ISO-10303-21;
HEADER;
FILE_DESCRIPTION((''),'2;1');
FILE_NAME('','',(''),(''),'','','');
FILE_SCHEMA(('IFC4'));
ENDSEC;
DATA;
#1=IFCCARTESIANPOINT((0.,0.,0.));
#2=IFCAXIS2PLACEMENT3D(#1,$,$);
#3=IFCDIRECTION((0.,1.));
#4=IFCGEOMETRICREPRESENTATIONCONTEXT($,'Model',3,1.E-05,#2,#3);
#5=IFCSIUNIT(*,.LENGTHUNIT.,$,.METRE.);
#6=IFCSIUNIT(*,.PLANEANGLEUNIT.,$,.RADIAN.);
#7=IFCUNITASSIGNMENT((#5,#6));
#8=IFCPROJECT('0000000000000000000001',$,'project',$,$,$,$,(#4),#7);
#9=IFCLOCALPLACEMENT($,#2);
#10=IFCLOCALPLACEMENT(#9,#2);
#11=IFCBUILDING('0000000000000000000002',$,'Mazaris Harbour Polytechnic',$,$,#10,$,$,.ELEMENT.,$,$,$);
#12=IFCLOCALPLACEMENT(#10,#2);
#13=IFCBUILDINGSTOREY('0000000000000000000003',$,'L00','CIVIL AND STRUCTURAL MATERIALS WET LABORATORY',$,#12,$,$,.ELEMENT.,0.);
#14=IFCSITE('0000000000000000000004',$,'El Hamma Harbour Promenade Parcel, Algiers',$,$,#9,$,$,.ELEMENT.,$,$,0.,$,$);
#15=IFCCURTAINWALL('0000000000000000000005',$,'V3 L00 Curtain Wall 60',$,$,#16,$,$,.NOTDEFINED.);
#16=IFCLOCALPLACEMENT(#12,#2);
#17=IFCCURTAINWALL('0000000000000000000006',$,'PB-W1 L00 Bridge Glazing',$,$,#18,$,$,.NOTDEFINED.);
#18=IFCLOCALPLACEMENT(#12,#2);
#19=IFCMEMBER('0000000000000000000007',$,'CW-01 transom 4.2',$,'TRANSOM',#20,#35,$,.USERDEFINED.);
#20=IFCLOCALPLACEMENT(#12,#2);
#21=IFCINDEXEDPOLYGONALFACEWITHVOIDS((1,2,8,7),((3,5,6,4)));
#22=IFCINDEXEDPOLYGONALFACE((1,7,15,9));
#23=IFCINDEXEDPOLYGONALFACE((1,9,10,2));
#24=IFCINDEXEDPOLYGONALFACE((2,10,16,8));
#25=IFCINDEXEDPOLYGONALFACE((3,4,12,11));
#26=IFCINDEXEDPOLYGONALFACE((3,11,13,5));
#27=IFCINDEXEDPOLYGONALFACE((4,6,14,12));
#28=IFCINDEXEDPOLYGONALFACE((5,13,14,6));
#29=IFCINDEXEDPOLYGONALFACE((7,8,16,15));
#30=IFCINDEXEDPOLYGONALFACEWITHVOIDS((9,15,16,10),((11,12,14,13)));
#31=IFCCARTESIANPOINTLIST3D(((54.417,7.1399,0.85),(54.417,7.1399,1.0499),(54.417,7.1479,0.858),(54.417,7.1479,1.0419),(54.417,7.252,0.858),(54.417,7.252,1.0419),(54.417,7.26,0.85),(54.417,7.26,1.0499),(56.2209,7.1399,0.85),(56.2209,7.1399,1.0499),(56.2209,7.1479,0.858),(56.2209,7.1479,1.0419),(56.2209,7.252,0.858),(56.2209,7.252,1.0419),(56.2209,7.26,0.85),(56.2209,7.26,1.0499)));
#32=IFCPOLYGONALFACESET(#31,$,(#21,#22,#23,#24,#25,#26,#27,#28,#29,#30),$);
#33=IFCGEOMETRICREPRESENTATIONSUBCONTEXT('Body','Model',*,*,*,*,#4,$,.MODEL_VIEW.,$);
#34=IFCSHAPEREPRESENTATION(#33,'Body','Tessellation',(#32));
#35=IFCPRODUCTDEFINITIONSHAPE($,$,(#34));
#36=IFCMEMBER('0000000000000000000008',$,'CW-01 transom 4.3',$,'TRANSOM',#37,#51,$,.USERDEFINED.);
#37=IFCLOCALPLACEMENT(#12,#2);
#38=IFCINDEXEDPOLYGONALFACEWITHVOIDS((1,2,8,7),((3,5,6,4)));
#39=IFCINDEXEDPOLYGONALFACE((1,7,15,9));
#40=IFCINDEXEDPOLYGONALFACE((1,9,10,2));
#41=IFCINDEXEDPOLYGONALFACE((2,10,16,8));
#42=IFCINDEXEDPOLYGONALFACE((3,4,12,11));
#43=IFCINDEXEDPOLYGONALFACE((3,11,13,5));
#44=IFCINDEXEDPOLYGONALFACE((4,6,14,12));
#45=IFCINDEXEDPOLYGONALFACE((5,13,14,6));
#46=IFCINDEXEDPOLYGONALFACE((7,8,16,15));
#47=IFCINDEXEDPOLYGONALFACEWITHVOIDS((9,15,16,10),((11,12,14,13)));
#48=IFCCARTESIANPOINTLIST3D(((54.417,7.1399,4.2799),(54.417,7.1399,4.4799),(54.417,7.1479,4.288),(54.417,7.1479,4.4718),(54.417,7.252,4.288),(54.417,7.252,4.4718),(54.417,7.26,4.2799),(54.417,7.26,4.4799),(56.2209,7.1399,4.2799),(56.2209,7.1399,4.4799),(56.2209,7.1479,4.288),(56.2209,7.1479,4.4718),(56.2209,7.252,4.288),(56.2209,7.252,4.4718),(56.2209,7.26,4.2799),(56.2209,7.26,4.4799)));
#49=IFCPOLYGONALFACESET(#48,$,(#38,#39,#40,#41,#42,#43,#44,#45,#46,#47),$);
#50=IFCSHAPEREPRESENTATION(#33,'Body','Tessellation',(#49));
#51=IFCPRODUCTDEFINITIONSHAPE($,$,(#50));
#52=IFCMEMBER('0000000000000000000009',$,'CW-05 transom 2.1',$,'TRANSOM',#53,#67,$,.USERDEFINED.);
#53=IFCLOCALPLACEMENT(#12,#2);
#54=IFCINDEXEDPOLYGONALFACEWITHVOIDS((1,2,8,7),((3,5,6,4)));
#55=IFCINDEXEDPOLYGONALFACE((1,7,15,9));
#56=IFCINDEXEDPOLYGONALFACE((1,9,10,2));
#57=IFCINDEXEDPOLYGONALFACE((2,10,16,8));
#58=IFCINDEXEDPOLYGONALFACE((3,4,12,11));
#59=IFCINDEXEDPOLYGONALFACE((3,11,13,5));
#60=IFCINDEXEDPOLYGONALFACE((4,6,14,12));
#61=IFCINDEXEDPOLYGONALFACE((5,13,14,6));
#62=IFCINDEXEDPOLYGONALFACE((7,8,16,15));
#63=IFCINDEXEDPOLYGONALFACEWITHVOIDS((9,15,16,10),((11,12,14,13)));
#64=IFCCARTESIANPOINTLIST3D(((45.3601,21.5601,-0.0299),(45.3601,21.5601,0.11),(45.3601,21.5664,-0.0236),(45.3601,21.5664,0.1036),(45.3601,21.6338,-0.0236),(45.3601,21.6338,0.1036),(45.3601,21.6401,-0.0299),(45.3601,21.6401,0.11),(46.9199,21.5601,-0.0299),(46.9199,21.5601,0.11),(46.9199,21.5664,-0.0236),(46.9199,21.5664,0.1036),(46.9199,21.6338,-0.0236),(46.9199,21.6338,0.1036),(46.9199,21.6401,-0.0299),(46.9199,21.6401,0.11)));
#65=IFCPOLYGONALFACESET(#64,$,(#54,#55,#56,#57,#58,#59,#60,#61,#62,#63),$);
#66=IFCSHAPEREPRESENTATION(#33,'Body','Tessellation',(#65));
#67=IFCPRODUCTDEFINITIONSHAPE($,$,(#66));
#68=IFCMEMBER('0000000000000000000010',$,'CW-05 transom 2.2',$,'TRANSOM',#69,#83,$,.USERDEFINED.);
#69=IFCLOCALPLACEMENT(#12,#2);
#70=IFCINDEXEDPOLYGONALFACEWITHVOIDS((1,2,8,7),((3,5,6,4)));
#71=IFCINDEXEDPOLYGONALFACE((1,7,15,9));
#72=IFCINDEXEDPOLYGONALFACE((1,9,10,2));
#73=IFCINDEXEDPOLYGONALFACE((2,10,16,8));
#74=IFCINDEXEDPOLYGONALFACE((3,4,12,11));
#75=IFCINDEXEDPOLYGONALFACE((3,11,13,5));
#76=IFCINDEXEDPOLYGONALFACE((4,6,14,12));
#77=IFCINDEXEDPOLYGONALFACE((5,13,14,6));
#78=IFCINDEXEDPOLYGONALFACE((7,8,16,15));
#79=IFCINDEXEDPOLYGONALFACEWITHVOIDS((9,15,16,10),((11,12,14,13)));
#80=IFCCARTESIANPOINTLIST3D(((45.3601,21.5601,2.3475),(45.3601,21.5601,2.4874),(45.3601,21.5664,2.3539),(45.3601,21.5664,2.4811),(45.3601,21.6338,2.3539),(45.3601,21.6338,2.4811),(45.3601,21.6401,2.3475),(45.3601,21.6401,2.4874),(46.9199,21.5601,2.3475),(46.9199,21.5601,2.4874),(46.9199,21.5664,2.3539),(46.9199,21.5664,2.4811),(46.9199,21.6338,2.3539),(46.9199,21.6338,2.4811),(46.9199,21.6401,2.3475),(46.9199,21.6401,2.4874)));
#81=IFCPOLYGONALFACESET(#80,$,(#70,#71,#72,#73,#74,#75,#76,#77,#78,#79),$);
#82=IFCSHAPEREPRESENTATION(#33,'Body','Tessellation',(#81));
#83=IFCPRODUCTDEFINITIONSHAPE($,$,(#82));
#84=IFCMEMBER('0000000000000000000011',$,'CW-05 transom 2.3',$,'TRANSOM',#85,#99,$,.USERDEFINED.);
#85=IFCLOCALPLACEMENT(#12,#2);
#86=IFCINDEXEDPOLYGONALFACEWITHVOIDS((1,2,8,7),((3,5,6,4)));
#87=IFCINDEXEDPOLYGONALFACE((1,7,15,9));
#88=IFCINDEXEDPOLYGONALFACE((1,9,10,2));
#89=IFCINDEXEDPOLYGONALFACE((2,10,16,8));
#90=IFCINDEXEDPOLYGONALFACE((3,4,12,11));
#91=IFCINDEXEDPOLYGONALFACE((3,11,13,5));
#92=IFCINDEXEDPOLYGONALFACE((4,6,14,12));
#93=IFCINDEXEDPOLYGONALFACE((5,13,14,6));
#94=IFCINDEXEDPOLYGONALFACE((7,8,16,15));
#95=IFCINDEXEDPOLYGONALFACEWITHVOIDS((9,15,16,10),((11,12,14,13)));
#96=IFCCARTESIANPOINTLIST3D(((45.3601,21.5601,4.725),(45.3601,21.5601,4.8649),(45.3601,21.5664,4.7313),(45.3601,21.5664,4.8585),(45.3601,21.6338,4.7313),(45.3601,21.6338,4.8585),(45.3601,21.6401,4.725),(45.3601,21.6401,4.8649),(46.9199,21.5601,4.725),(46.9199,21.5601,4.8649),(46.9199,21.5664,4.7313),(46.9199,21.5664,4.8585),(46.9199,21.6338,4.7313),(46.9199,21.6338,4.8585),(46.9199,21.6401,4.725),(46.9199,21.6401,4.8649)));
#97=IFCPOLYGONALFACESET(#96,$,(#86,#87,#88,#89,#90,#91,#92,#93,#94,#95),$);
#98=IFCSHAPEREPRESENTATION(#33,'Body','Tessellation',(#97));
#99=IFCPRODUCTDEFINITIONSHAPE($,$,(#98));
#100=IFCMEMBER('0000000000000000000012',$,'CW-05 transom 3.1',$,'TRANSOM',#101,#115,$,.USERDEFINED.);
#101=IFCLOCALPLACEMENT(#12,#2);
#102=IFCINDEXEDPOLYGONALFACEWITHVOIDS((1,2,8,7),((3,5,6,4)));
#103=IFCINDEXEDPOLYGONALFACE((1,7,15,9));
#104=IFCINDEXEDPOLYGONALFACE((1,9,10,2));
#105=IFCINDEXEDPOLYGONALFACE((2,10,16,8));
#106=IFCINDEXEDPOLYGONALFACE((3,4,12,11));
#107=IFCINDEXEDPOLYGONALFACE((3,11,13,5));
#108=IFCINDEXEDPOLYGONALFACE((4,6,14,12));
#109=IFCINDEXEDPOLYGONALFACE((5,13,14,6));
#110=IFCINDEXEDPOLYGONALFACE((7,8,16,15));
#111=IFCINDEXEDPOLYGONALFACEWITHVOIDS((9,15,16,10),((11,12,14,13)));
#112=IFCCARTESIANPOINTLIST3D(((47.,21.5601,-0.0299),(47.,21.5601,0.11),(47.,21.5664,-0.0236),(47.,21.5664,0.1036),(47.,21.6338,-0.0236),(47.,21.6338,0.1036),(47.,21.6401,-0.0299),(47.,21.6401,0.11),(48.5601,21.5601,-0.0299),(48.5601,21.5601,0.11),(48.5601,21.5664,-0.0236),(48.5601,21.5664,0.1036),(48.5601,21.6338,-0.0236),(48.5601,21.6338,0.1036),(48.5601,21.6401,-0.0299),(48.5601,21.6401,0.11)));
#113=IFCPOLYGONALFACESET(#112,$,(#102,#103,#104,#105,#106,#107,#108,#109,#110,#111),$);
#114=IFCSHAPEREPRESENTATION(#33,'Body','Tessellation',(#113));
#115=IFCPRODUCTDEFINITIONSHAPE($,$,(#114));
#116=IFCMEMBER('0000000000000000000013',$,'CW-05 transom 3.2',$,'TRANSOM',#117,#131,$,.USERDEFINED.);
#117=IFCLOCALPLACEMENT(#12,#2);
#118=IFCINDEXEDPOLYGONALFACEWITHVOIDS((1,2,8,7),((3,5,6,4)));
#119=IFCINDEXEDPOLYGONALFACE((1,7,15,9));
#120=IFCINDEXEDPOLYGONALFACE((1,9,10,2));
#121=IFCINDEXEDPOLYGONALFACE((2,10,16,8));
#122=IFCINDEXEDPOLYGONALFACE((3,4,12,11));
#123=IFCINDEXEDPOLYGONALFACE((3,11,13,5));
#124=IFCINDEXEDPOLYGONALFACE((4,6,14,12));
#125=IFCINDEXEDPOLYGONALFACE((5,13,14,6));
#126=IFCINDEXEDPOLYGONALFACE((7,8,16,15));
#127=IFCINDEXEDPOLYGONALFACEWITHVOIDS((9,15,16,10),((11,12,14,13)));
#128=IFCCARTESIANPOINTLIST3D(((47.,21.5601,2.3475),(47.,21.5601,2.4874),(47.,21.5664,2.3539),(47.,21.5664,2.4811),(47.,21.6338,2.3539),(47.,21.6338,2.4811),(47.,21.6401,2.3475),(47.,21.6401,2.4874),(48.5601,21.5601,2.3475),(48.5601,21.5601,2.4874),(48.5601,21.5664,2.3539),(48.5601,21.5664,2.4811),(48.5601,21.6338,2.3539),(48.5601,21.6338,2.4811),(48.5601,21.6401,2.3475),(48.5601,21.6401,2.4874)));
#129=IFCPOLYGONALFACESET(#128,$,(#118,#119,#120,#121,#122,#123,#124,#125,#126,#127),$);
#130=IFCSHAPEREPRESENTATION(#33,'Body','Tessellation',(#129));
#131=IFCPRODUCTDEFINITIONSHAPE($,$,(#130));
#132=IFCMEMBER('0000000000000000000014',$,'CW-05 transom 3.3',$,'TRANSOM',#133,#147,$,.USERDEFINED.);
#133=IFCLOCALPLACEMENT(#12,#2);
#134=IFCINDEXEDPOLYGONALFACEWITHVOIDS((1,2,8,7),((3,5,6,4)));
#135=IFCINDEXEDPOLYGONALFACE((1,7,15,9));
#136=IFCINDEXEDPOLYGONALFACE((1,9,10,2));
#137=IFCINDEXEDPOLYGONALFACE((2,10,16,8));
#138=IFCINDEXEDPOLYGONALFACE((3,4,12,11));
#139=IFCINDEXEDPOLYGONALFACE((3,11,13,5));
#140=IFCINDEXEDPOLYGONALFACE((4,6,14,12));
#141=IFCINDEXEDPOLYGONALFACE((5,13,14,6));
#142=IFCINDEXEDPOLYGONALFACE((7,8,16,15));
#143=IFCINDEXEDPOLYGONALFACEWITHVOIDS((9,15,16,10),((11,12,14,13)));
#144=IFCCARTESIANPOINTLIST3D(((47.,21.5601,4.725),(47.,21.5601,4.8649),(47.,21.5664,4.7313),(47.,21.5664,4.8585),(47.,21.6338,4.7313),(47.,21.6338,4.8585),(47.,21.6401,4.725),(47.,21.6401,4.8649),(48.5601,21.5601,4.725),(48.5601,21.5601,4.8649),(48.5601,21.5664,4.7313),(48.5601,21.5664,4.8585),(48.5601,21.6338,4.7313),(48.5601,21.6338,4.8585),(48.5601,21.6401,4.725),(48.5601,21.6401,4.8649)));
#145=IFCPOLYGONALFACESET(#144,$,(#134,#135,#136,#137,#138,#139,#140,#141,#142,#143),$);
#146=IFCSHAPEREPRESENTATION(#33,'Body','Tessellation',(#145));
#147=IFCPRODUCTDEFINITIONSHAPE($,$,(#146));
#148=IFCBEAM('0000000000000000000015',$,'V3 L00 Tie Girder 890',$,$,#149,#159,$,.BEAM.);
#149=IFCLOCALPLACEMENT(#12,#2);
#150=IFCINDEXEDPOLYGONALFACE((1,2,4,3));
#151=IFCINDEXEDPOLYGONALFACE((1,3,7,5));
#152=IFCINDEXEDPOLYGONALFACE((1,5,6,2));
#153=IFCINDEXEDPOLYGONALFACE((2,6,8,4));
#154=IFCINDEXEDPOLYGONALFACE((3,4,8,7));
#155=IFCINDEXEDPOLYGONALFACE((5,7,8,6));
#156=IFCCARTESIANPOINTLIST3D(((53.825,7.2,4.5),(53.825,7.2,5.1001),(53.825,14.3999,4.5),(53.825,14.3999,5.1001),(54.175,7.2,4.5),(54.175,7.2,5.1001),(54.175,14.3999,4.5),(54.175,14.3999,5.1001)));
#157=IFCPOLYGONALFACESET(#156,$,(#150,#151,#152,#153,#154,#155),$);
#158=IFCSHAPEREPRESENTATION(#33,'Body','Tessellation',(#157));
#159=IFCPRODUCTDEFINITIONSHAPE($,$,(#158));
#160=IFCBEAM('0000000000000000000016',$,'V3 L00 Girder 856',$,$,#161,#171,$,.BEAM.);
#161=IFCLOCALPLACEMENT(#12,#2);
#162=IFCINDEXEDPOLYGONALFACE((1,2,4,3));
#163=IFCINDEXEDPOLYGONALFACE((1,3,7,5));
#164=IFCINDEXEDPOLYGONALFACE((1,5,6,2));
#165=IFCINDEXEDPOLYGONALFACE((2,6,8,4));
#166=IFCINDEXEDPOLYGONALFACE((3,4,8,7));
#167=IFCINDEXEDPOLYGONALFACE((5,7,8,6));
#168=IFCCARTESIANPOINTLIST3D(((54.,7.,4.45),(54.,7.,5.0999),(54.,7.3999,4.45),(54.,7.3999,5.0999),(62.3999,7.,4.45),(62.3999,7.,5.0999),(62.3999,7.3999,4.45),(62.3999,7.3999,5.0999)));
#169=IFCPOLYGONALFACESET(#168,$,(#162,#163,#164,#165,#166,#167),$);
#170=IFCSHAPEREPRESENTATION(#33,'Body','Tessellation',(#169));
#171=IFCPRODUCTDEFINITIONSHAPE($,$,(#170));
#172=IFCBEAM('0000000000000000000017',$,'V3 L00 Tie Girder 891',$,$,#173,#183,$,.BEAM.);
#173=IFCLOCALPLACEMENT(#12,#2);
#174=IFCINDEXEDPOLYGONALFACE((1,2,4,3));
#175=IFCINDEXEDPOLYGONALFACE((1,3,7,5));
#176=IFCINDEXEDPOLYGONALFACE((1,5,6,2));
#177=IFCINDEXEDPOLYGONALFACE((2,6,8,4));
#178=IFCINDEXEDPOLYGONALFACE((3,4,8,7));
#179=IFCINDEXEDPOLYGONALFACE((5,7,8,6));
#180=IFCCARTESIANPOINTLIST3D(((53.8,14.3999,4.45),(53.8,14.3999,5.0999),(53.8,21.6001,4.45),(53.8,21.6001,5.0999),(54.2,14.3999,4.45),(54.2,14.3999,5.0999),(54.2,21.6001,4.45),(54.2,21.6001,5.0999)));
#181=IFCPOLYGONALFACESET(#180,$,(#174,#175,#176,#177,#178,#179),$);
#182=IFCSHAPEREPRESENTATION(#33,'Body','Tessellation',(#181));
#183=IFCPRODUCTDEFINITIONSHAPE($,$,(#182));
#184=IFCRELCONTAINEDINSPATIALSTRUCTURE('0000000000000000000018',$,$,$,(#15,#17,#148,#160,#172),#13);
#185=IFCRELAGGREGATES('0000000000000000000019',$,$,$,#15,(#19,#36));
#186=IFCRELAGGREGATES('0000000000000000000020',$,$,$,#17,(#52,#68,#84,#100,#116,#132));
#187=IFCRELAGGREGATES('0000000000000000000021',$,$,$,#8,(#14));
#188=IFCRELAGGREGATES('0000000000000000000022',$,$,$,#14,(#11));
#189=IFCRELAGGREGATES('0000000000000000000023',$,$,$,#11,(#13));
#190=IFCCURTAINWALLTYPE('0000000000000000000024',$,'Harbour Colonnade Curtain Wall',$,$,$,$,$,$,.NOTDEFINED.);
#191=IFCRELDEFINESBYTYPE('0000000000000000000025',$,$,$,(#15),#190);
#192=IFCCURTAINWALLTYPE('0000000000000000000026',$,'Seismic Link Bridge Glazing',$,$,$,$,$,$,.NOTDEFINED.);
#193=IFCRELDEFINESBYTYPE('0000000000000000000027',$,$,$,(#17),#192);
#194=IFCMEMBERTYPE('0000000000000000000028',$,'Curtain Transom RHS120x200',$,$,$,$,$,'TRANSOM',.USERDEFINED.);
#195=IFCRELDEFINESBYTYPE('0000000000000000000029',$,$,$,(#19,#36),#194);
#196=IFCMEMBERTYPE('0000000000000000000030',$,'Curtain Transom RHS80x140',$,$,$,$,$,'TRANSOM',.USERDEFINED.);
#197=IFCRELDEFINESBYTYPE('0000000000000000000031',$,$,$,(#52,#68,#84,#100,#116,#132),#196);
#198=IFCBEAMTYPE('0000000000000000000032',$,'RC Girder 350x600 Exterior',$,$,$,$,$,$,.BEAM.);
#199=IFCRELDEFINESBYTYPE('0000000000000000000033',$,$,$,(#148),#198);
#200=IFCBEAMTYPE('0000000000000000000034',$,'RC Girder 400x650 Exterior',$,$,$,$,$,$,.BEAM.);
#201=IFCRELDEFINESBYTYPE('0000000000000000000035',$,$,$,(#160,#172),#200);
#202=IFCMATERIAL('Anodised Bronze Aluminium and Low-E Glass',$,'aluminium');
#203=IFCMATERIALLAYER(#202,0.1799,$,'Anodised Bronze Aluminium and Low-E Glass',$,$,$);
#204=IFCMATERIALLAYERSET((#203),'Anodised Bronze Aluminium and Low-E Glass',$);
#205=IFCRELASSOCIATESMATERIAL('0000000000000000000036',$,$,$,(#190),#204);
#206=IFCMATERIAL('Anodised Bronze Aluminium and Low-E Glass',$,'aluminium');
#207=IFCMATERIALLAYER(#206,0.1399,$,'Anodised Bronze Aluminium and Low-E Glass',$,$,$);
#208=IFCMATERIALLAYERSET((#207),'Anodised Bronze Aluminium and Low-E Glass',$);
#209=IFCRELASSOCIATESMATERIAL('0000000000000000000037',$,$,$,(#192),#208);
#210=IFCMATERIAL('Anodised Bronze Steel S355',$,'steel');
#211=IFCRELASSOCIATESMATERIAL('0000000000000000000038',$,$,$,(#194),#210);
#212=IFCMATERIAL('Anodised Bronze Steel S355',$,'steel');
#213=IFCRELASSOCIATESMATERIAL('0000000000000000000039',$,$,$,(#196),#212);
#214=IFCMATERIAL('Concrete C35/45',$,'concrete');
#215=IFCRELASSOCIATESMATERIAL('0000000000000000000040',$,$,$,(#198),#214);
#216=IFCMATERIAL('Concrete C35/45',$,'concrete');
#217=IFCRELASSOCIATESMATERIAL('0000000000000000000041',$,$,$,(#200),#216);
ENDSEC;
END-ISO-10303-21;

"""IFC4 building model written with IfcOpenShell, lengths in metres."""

from ifc_helpers import new_model, si_unit, direction, frame, origin, origin_2d, place, context, subcontext, project, spatial, rectangle, hollow_rectangle, extrude, material, layer, layer_set, material_profile, profile_set, type_object, element, aggregate, save


model = new_model("IFC4")

# Units and contexts
model_context = context("Model", 3, precision=1e-05, world=origin(), true_north=direction((0.0, 1.0)))
body_context = subcontext(model_context, "Body", "Model", "MODEL_VIEW")
ifc_project = project(units=[si_unit("LENGTHUNIT", "METRE"), si_unit("PLANEANGLEUNIT", "RADIAN")], contexts=[model_context])

# Site, building, storey
site_placement = place(None, origin())
site = spatial("IfcSite", under=ifc_project, at=site_placement, Name="El Hamma Harbour Promenade Parcel, Algiers", CompositionType="ELEMENT", RefElevation=0.0)
building_placement = place(site_placement, origin())
building = spatial("IfcBuilding", under=site, at=building_placement, Name="Mazaris Harbour Polytechnic", CompositionType="ELEMENT")
storey_placement = place(building_placement, origin())
storey = spatial("IfcBuildingStorey", under=building, at=storey_placement, Name="L00", Description="CIVIL AND STRUCTURAL MATERIALS WET LABORATORY", CompositionType="ELEMENT", Elevation=0.0)

# Curtain walls
ifc_material_1 = material(Name="Anodised Bronze Aluminium and Low-E Glass", Category="aluminium")
ifc_layer_1 = layer(ifc_material_1, 0.1799, Name="Anodised Bronze Aluminium and Low-E Glass")
ifc_layer_set_1 = layer_set([ifc_layer_1], Name="Anodised Bronze Aluminium and Low-E Glass")
curtain_wall_type_1 = type_object("IfcCurtainWallType", Name="Harbour Colonnade Curtain Wall", PredefinedType="NOTDEFINED", material=ifc_layer_set_1)
curtain_wall_1_placement = place(storey_placement, origin())
curtain_wall_1 = element("IfcCurtainWall", 1, at=curtain_wall_1_placement, inside=storey, type_object=curtain_wall_type_1, Name="V3 L00 Curtain Wall 60", PredefinedType="NOTDEFINED")
ifc_material_2 = material(Name="Anodised Bronze Aluminium and Low-E Glass", Category="aluminium")
ifc_layer_2 = layer(ifc_material_2, 0.1399, Name="Anodised Bronze Aluminium and Low-E Glass")
ifc_layer_set_2 = layer_set([ifc_layer_2], Name="Anodised Bronze Aluminium and Low-E Glass")
curtain_wall_type_2 = type_object("IfcCurtainWallType", Name="Seismic Link Bridge Glazing", PredefinedType="NOTDEFINED", material=ifc_layer_set_2)
curtain_wall_2_placement = place(storey_placement, origin())
curtain_wall_2 = element("IfcCurtainWall", 2, at=curtain_wall_2_placement, inside=storey, type_object=curtain_wall_type_2, Name="PB-W1 L00 Bridge Glazing", PredefinedType="NOTDEFINED")

# Members
ifc_material_3 = material(Name="Anodised Bronze Steel S355", Category="steel")
ifc_material_profile_1 = material_profile(ifc_material_3, hollow_rectangle(XDim=0.1201, YDim=0.2, WallThickness=0.0081, at=origin_2d()), Name="RHS 120x200x8.0")
ifc_profile_set_1 = profile_set([ifc_material_profile_1], Name="Anodised Bronze Steel S355")
member_type_1 = type_object("IfcMemberType", Name="Curtain Transom RHS120x200", ElementType="TRANSOM", PredefinedType="USERDEFINED", material=ifc_profile_set_1)
member_1_placement = place(storey_placement, frame((56.2209, 7.2, 0.95), z_axis=(-1.0, 0.0, 0.0), x_axis=(0.0, -1.0, 0.0)))
member_1 = element("IfcMember", 3, at=member_1_placement, type_object=member_type_1, Name="CW-01 transom 4.2", ObjectType="TRANSOM", PredefinedType="USERDEFINED", context=body_context, shape_type="SweptSolid", body=[
    extrude(hollow_rectangle(XDim=0.1201, YDim=0.2, WallThickness=0.0081, at=origin_2d()), origin(), (0.0, 0.0, 1.0), 1.804),
])
member_2_placement = place(storey_placement, frame((56.2209, 7.2, 4.3799), z_axis=(-1.0, 0.0, 0.0), x_axis=(0.0, -1.0, 0.0)))
member_2 = element("IfcMember", 4, at=member_2_placement, type_object=member_type_1, Name="CW-01 transom 4.3", ObjectType="TRANSOM", PredefinedType="USERDEFINED", context=body_context, shape_type="SweptSolid", body=[
    extrude(hollow_rectangle(XDim=0.1201, YDim=0.2, WallThickness=0.0081, at=origin_2d()), origin(), (0.0, 0.0, 1.0), 1.804),
])
ifc_material_4 = material(Name="Anodised Bronze Steel S355", Category="steel")
ifc_material_profile_2 = material_profile(ifc_material_4, hollow_rectangle(XDim=0.0801, YDim=0.1399, WallThickness=0.0063, at=origin_2d()), Name="RHS 80x140x6.3")
ifc_profile_set_2 = profile_set([ifc_material_profile_2], Name="Anodised Bronze Steel S355")
member_type_2 = type_object("IfcMemberType", Name="Curtain Transom RHS80x140", ElementType="TRANSOM", PredefinedType="USERDEFINED", material=ifc_profile_set_2)
member_3_placement = place(storey_placement, frame((45.3601, 21.6001, 0.04), z_axis=(1.0, 0.0, 0.0), x_axis=(0.0, 1.0, 0.0)))
member_3 = element("IfcMember", 5, at=member_3_placement, type_object=member_type_2, Name="CW-05 transom 2.1", ObjectType="TRANSOM", PredefinedType="USERDEFINED", context=body_context, shape_type="SweptSolid", body=[
    extrude(hollow_rectangle(XDim=0.0801, YDim=0.1399, WallThickness=0.0063, at=origin_2d()), origin(), (0.0, 0.0, 1.0), 1.5598),
])
member_4_placement = place(storey_placement, frame((45.3601, 21.6001, 2.4175), z_axis=(1.0, 0.0, 0.0), x_axis=(0.0, 1.0, 0.0)))
member_4 = element("IfcMember", 6, at=member_4_placement, type_object=member_type_2, Name="CW-05 transom 2.2", ObjectType="TRANSOM", PredefinedType="USERDEFINED", context=body_context, shape_type="SweptSolid", body=[
    extrude(hollow_rectangle(XDim=0.0801, YDim=0.1399, WallThickness=0.0063, at=origin_2d()), origin(), (0.0, 0.0, 1.0), 1.5598),
])
member_5_placement = place(storey_placement, frame((45.3601, 21.6001, 4.7949), z_axis=(1.0, 0.0, 0.0), x_axis=(0.0, 1.0, 0.0)))
member_5 = element("IfcMember", 7, at=member_5_placement, type_object=member_type_2, Name="CW-05 transom 2.3", ObjectType="TRANSOM", PredefinedType="USERDEFINED", context=body_context, shape_type="SweptSolid", body=[
    extrude(hollow_rectangle(XDim=0.0801, YDim=0.1399, WallThickness=0.0063, at=origin_2d()), origin(), (0.0, 0.0, 1.0), 1.5598),
])
member_6_placement = place(storey_placement, frame((47.0, 21.6001, 0.04), z_axis=(1.0, 0.0, 0.0), x_axis=(0.0, 1.0, 0.0)))
member_6 = element("IfcMember", 8, at=member_6_placement, type_object=member_type_2, Name="CW-05 transom 3.1", ObjectType="TRANSOM", PredefinedType="USERDEFINED", context=body_context, shape_type="SweptSolid", body=[
    extrude(hollow_rectangle(XDim=0.0801, YDim=0.1399, WallThickness=0.0063, at=origin_2d()), origin(), (0.0, 0.0, 1.0), 1.5601),
])
member_7_placement = place(storey_placement, frame((47.0, 21.6001, 2.4175), z_axis=(1.0, 0.0, 0.0), x_axis=(0.0, 1.0, 0.0)))
member_7 = element("IfcMember", 9, at=member_7_placement, type_object=member_type_2, Name="CW-05 transom 3.2", ObjectType="TRANSOM", PredefinedType="USERDEFINED", context=body_context, shape_type="SweptSolid", body=[
    extrude(hollow_rectangle(XDim=0.0801, YDim=0.1399, WallThickness=0.0063, at=origin_2d()), origin(), (0.0, 0.0, 1.0), 1.5601),
])
member_8_placement = place(storey_placement, frame((47.0, 21.6001, 4.7949), z_axis=(1.0, 0.0, 0.0), x_axis=(0.0, 1.0, 0.0)))
member_8 = element("IfcMember", 10, at=member_8_placement, type_object=member_type_2, Name="CW-05 transom 3.3", ObjectType="TRANSOM", PredefinedType="USERDEFINED", context=body_context, shape_type="SweptSolid", body=[
    extrude(hollow_rectangle(XDim=0.0801, YDim=0.1399, WallThickness=0.0063, at=origin_2d()), origin(), (0.0, 0.0, 1.0), 1.5601),
])

# Beams
ifc_material_5 = material(Name="Concrete C35/45", Category="concrete")
ifc_material_profile_3 = material_profile(ifc_material_5, rectangle(XDim=0.3501, YDim=0.6001, at=origin_2d()), Name="RECT350x600")
ifc_profile_set_3 = profile_set([ifc_material_profile_3], Name="Concrete C35/45")
beam_type_1 = type_object("IfcBeamType", Name="RC Girder 350x600 Exterior", PredefinedType="BEAM", material=ifc_profile_set_3)
beam_1_placement = place(storey_placement, frame((54.0, 7.2, 4.8), z_axis=(0.0, 1.0, 0.0), x_axis=(-1.0, 0.0, 0.0)))
element("IfcBeam", 11, at=beam_1_placement, inside=storey, type_object=beam_type_1, Name="V3 L00 Tie Girder 890", PredefinedType="BEAM", context=body_context, shape_type="SweptSolid", body=[
    extrude(rectangle(XDim=0.3501, YDim=0.6001, at=origin_2d()), origin(), (0.0, 0.0, 1.0), 7.2),
])
ifc_material_6 = material(Name="Concrete C35/45", Category="concrete")
ifc_material_profile_4 = material_profile(ifc_material_6, rectangle(XDim=0.3999, YDim=0.6499, at=origin_2d()), Name="RECT400x650")
ifc_profile_set_4 = profile_set([ifc_material_profile_4], Name="Concrete C35/45")
beam_type_2 = type_object("IfcBeamType", Name="RC Girder 400x650 Exterior", PredefinedType="BEAM", material=ifc_profile_set_4)
beam_2_placement = place(storey_placement, frame((54.0, 7.2, 4.7749), z_axis=(1.0, 0.0, 0.0), x_axis=(0.0, 1.0, 0.0)))
element("IfcBeam", 12, at=beam_2_placement, inside=storey, type_object=beam_type_2, Name="V3 L00 Girder 856", PredefinedType="BEAM", context=body_context, shape_type="SweptSolid", body=[
    extrude(rectangle(XDim=0.3999, YDim=0.6499, at=origin_2d()), origin(), (0.0, 0.0, 1.0), 8.3999),
])
beam_3_placement = place(storey_placement, frame((54.0, 14.3999, 4.7749), z_axis=(0.0, 1.0, 0.0), x_axis=(-1.0, 0.0, 0.0)))
element("IfcBeam", 13, at=beam_3_placement, inside=storey, type_object=beam_type_2, Name="V3 L00 Tie Girder 891", PredefinedType="BEAM", context=body_context, shape_type="SweptSolid", body=[
    extrude(rectangle(XDim=0.3999, YDim=0.6499, at=origin_2d()), origin(), (0.0, 0.0, 1.0), 7.2002),
])

aggregate(curtain_wall_1, [member_1, member_2])
aggregate(curtain_wall_2, [member_3, member_4, member_5, member_6, member_7, member_8])

save(model, "model.ifc")
